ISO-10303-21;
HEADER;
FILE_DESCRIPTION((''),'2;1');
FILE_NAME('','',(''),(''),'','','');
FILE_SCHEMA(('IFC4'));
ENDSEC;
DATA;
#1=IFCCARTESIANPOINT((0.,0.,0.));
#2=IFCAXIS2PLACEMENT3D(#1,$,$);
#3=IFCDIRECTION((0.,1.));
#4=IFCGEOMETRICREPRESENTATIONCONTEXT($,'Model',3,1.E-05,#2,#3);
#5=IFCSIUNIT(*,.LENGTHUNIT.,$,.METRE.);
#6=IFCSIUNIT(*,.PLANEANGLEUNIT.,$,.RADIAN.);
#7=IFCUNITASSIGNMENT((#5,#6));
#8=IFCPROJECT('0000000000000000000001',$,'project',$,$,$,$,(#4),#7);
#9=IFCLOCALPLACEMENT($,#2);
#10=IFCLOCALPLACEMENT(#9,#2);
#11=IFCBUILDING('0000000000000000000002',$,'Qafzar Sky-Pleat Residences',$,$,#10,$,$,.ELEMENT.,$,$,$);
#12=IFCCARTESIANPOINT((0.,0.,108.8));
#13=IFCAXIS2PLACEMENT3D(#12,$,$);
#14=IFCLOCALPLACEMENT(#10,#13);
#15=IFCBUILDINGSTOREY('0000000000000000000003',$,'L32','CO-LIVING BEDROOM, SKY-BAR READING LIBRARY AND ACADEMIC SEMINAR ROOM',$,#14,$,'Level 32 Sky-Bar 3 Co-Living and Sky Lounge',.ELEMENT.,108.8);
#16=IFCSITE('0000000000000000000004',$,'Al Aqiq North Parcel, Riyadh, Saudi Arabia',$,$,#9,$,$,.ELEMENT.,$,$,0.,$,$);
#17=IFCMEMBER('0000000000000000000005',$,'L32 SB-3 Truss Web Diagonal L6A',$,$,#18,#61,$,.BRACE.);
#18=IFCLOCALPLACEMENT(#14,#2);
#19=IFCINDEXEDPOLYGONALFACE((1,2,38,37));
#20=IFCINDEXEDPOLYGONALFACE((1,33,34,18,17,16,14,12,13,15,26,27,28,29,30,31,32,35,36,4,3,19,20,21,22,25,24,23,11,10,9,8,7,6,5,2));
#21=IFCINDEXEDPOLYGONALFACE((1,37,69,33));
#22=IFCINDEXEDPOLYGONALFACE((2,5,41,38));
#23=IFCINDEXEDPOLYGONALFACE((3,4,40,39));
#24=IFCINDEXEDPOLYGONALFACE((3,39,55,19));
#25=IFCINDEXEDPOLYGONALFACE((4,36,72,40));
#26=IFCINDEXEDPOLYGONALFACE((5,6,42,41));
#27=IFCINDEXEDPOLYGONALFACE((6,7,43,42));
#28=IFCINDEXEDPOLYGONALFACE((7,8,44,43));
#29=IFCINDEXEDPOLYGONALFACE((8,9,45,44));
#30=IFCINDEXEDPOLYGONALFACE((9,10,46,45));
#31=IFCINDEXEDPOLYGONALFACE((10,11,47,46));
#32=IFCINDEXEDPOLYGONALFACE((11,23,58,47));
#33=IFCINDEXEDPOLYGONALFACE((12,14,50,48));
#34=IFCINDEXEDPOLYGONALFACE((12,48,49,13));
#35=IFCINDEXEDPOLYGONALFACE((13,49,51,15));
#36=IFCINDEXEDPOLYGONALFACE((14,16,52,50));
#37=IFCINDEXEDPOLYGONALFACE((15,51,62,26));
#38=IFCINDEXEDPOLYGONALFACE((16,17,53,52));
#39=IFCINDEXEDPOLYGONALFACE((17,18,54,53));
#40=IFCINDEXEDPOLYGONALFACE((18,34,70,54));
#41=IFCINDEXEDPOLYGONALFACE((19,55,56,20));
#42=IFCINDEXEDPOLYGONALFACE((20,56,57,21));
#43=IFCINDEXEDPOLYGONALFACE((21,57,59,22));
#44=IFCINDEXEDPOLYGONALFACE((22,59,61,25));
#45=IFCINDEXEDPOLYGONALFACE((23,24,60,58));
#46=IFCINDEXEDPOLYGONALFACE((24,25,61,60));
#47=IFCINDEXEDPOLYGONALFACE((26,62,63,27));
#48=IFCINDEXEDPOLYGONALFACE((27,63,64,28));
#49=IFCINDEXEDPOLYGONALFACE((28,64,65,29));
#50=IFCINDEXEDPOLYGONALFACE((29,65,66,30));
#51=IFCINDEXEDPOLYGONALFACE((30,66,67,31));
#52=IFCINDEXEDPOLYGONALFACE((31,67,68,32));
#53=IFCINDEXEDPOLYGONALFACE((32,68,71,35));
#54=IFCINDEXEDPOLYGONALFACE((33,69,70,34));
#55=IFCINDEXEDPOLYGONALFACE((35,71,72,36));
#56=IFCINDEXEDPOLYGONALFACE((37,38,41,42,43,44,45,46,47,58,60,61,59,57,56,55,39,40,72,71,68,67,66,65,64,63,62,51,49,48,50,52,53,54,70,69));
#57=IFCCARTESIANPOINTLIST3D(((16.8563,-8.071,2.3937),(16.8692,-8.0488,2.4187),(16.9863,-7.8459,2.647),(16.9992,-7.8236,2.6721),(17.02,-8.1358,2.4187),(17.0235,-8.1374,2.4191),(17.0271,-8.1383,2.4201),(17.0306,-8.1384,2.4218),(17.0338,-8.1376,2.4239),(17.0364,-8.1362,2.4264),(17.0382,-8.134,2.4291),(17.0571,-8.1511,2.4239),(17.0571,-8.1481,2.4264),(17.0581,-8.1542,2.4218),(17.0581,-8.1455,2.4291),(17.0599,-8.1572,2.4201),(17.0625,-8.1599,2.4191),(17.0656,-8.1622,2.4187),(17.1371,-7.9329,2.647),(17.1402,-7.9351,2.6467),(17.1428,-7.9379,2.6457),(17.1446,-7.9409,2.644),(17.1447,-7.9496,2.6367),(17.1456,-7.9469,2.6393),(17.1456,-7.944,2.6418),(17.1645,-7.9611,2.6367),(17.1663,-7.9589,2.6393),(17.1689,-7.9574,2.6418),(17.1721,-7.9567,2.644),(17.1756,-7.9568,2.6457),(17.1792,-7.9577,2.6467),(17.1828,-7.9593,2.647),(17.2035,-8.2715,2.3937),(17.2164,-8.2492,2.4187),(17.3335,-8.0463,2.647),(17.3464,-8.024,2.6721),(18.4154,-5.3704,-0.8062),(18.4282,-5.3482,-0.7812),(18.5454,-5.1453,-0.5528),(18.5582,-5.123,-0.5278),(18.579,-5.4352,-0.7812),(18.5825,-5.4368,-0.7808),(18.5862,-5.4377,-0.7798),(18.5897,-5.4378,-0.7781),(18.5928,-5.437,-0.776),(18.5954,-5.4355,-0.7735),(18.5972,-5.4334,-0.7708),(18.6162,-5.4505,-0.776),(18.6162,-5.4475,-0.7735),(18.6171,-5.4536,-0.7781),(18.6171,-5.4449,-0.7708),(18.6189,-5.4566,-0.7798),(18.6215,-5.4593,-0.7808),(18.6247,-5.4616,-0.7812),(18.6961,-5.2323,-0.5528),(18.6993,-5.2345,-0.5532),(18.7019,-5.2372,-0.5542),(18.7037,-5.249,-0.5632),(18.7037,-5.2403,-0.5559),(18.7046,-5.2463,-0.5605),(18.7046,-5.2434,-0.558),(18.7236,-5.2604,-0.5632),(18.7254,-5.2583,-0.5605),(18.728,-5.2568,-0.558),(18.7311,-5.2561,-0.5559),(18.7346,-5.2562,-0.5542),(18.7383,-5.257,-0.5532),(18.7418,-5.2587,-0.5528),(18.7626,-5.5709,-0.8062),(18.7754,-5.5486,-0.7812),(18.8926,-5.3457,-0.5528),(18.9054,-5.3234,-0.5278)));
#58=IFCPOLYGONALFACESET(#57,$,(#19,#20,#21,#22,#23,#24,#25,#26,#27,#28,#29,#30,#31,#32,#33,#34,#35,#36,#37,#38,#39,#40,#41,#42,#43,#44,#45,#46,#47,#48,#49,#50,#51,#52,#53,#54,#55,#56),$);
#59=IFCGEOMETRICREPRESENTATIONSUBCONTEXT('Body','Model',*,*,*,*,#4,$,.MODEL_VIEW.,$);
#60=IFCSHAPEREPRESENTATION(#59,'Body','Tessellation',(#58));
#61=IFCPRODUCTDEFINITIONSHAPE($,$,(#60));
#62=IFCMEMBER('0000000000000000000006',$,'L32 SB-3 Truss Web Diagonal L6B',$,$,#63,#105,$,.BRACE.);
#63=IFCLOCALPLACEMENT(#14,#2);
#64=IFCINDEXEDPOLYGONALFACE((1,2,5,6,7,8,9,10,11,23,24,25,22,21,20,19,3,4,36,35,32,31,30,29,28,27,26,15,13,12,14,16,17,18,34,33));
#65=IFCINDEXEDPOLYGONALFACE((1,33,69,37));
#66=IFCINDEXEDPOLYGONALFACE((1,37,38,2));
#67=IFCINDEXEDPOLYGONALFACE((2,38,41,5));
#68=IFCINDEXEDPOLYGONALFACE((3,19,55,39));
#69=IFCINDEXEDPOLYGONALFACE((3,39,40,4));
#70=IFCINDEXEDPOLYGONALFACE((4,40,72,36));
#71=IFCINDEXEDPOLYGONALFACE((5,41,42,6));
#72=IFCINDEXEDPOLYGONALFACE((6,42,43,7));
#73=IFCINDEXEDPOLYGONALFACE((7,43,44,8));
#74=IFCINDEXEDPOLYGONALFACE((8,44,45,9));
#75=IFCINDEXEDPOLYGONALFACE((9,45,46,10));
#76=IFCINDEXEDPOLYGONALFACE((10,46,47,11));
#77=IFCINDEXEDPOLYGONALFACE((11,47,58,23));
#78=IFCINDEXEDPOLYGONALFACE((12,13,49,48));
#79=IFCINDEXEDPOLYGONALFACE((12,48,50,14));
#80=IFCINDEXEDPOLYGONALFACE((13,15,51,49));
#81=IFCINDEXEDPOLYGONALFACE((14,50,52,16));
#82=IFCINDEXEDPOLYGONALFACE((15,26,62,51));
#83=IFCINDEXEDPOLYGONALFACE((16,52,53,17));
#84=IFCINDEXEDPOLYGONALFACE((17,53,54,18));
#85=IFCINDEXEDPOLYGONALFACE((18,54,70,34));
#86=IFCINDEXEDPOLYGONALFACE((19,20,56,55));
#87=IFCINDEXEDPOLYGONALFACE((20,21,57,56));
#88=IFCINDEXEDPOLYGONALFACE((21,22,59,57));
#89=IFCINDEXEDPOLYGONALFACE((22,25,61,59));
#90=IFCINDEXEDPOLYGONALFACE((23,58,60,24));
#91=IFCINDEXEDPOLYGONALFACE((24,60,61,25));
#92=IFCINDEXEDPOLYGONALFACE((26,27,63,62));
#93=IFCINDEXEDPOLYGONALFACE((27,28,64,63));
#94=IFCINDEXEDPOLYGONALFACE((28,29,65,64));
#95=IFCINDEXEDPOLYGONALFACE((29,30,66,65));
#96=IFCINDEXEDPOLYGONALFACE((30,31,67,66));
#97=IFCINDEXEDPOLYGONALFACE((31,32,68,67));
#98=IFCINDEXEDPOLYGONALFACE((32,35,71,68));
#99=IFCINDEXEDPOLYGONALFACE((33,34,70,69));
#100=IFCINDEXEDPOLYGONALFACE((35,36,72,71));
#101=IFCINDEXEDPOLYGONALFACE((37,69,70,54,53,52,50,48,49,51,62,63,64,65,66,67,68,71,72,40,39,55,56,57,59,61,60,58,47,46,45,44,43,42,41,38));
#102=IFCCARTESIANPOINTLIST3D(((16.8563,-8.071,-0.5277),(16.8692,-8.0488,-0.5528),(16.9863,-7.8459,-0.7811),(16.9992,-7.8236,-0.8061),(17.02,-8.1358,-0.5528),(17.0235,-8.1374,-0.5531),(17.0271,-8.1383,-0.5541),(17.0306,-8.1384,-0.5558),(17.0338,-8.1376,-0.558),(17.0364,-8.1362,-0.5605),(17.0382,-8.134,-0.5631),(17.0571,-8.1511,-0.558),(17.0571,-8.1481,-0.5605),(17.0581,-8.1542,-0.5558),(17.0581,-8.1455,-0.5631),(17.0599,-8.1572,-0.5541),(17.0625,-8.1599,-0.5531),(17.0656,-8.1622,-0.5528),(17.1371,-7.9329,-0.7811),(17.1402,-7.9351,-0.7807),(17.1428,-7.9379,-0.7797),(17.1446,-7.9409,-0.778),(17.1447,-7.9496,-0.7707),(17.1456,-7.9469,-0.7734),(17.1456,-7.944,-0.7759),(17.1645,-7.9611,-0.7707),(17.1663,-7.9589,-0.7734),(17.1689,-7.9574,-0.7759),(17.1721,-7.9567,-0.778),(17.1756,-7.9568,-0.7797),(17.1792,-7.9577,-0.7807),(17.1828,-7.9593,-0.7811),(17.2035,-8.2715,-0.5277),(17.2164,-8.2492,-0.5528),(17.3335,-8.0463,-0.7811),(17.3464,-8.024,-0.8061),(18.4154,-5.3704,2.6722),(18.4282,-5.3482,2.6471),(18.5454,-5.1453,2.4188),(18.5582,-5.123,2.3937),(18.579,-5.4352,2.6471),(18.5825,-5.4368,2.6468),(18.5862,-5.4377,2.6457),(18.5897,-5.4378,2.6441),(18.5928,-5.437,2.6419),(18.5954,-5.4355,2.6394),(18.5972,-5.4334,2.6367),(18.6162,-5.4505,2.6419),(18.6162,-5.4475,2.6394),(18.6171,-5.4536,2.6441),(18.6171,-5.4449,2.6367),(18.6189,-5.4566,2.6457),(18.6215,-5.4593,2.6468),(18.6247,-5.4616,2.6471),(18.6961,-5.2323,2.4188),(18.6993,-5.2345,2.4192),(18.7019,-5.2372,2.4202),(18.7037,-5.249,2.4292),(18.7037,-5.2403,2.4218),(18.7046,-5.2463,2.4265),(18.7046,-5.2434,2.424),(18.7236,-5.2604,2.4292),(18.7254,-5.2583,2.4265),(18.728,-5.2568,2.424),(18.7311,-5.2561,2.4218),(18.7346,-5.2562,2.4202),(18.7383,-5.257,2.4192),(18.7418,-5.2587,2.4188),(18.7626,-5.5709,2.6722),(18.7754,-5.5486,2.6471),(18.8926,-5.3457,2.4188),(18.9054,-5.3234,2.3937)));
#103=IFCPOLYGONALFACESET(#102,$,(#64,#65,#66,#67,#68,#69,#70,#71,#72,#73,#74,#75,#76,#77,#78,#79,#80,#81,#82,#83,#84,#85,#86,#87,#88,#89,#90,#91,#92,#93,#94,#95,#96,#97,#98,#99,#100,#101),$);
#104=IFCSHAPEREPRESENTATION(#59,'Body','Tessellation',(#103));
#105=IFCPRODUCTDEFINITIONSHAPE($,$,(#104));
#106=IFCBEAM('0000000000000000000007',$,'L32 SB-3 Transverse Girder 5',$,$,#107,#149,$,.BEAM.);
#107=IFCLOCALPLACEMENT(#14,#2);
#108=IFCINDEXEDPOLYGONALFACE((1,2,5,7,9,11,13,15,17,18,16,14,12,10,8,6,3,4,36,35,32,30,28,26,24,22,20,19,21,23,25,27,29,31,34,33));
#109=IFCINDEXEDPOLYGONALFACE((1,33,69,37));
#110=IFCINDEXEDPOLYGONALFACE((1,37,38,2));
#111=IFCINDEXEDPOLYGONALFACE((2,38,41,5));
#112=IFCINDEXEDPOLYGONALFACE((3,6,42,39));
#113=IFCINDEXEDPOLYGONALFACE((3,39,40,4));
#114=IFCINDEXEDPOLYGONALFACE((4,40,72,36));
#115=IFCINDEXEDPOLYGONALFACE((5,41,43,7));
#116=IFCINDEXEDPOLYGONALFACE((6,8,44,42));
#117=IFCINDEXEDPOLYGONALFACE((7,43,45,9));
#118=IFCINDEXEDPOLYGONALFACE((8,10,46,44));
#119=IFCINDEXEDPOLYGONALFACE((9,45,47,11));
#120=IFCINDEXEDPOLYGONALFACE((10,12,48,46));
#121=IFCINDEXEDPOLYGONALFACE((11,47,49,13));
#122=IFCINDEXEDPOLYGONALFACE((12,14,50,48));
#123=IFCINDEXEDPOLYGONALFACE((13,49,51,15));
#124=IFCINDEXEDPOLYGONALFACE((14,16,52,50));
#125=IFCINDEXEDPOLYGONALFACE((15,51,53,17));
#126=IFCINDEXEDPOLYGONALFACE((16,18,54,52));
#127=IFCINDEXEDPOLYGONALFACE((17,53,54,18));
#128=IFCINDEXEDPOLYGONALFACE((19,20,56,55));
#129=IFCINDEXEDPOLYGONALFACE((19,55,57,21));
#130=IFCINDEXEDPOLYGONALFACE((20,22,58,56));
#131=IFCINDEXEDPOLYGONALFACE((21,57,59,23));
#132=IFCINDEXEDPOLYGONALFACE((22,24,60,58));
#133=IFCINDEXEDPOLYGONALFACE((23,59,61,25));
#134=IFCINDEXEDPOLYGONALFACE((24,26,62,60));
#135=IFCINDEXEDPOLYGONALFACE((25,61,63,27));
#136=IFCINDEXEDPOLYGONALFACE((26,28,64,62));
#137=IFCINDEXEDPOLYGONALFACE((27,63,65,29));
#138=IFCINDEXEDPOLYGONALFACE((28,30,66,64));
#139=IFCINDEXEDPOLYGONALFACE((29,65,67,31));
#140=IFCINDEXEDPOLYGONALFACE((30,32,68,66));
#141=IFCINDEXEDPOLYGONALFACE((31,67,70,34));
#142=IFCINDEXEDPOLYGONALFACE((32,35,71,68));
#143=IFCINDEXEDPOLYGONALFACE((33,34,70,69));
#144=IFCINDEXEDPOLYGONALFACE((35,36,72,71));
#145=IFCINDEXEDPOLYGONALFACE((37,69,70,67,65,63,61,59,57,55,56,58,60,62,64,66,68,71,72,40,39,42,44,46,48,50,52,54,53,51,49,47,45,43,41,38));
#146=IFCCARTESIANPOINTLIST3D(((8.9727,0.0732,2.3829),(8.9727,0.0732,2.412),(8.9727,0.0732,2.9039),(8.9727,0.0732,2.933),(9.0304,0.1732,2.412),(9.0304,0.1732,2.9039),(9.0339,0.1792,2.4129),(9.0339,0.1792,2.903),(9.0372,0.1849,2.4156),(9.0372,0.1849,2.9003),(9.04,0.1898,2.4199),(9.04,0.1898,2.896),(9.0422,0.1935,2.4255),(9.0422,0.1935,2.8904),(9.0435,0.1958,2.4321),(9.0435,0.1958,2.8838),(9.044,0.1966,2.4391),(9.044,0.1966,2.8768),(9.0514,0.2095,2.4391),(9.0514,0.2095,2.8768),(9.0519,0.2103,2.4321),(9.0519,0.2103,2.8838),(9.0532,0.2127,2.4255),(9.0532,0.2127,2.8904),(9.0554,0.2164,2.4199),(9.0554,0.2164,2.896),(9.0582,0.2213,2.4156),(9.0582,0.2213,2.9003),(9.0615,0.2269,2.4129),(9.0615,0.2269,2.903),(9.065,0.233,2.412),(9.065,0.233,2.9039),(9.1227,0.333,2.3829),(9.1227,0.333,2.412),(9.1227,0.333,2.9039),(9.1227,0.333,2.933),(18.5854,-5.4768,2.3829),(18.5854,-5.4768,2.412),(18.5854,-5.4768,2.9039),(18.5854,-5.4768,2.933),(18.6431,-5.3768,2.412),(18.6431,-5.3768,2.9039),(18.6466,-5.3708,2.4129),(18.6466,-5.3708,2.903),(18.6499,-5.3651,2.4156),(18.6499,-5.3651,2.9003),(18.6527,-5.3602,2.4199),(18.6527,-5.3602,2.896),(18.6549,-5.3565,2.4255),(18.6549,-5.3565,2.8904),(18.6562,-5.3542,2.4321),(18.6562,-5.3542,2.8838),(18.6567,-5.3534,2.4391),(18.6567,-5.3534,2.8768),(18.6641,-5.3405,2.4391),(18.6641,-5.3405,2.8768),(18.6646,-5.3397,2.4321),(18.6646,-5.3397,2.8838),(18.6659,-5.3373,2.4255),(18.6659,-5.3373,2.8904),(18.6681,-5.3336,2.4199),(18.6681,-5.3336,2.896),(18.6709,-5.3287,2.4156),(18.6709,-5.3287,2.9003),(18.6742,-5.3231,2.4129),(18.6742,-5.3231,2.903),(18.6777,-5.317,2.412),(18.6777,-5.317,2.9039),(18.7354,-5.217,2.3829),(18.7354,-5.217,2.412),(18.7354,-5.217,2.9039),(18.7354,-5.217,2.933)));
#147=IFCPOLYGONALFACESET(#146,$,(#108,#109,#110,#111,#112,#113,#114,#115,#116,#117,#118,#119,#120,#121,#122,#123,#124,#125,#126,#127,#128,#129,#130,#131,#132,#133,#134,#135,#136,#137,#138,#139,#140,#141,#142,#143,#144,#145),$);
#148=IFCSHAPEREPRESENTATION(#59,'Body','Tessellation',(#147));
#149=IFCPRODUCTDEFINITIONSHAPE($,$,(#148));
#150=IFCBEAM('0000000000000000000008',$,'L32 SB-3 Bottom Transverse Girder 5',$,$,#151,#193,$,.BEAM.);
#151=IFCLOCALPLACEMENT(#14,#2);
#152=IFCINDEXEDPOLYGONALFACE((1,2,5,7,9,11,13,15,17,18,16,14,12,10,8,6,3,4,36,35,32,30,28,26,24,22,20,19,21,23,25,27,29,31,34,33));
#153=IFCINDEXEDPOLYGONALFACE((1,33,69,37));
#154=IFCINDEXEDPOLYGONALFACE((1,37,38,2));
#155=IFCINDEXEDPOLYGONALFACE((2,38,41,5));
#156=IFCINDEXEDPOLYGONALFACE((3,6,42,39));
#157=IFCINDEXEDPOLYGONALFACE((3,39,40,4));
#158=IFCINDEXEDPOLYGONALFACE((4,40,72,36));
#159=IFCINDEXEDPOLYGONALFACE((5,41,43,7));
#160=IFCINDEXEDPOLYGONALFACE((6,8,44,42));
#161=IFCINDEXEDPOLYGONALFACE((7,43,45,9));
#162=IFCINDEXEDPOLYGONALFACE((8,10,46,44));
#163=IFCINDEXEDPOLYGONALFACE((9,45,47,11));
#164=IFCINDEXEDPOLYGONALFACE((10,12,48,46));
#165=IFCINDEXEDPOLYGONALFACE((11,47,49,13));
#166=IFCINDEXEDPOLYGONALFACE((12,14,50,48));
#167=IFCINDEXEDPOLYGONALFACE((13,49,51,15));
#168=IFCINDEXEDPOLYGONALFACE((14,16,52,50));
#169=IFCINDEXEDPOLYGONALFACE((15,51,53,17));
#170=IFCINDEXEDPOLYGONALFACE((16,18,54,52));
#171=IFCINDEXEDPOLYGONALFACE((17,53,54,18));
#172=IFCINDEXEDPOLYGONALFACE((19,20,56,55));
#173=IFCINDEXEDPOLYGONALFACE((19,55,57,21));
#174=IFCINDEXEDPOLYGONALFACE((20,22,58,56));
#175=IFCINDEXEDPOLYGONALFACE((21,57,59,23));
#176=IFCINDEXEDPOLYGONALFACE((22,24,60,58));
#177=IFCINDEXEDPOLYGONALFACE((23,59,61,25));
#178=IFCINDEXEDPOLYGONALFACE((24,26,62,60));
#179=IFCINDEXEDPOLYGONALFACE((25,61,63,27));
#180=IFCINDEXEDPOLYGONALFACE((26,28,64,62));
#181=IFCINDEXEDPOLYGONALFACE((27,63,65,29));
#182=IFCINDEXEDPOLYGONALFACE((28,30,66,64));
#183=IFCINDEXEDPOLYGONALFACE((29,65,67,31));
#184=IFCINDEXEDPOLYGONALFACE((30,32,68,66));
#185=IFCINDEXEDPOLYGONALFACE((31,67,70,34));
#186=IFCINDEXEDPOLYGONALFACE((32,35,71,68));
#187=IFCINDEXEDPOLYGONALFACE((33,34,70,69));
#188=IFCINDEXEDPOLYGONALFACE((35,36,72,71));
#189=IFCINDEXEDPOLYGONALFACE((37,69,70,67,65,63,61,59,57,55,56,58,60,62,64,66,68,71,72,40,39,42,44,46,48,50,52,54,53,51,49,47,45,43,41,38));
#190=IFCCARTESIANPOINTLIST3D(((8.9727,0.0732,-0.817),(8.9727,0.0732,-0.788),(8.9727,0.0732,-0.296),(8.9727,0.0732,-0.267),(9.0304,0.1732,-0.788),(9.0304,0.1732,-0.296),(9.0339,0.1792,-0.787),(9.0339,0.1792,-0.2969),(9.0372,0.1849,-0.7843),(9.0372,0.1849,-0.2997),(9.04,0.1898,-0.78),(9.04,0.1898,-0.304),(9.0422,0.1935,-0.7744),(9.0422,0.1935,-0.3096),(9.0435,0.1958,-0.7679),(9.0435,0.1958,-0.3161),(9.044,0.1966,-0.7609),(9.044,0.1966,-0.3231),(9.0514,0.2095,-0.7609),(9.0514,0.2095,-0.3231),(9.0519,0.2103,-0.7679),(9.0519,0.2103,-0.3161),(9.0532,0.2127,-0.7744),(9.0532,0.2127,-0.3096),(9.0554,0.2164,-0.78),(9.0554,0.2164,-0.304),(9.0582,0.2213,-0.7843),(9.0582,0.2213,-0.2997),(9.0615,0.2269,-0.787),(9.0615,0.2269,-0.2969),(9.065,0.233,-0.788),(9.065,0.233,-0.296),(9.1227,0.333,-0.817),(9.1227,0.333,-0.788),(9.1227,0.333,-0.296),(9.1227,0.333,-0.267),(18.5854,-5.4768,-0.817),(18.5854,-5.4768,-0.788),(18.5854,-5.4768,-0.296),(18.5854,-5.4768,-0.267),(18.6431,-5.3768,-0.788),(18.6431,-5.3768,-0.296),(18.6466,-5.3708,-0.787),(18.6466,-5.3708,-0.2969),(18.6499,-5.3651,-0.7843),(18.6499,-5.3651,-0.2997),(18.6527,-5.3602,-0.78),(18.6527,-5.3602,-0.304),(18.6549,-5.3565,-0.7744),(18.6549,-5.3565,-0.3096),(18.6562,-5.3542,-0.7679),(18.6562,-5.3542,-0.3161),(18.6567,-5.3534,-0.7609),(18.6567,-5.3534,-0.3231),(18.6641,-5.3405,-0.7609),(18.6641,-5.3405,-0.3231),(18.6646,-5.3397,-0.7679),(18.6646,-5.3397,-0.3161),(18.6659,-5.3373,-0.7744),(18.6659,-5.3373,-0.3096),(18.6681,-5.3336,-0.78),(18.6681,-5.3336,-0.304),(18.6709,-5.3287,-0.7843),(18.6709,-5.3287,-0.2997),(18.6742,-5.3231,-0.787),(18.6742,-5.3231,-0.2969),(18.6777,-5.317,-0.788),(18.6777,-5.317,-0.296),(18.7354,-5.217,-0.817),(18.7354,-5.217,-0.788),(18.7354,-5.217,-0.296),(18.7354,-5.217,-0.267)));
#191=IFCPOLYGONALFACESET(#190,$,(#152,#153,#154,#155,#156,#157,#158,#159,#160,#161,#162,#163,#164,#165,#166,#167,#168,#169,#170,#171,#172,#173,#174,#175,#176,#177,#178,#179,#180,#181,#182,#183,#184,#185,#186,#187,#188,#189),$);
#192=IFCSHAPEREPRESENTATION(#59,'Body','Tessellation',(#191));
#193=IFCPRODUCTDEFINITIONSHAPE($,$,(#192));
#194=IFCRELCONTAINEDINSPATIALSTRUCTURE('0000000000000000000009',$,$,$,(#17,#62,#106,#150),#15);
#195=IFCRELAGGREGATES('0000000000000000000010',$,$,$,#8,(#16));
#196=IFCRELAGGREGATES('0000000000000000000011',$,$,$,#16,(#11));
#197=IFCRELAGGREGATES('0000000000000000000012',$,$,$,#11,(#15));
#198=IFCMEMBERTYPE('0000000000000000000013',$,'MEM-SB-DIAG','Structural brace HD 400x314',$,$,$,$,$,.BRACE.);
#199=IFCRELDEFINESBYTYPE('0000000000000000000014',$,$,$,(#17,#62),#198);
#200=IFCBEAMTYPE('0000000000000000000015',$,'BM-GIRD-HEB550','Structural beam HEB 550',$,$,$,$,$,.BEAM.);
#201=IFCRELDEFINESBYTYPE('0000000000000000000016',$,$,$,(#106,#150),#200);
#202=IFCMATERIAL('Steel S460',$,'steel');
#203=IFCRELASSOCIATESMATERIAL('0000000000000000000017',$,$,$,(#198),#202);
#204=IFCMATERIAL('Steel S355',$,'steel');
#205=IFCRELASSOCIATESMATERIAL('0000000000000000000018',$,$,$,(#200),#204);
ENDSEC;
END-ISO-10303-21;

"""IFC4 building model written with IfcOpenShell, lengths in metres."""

from ifc_helpers import new_model, si_unit, direction, frame, origin, origin_2d, place, context, subcontext, project, spatial, i_section, extrude, source, transform, mapped, material, material_profile, profile_set, type_object, element, save


model = new_model("IFC4")

# Units and contexts
model_context = context("Model", 3, precision=1e-05, world=origin(), true_north=direction((0.0, 1.0)))
body_context = subcontext(model_context, "Body", "Model", "MODEL_VIEW")
ifc_project = project(units=[si_unit("LENGTHUNIT", "METRE"), si_unit("PLANEANGLEUNIT", "RADIAN")], contexts=[model_context])

# Site, building, storey
site_placement = place(None, origin())
site = spatial("IfcSite", under=ifc_project, at=site_placement, Name="Al Aqiq North Parcel, Riyadh, Saudi Arabia", CompositionType="ELEMENT", RefElevation=0.0)
building_placement = place(site_placement, origin())
building = spatial("IfcBuilding", under=site, at=building_placement, Name="Qafzar Sky-Pleat Residences", CompositionType="ELEMENT")
storey_placement = place(building_placement, frame((0.0, 0.0, 108.8)))
storey = spatial("IfcBuildingStorey", under=building, at=storey_placement, Name="L32", Description="CO-LIVING BEDROOM, SKY-BAR READING LIBRARY AND ACADEMIC SEMINAR ROOM", LongName="Level 32 Sky-Bar 3 Co-Living and Sky Lounge", CompositionType="ELEMENT", Elevation=108.8)

# Members
ifc_material_1 = material(Name="Steel S460", Category="steel")
ifc_material_profile_1 = material_profile(ifc_material_1, i_section(OverallWidth=0.4009, OverallDepth=0.3989, WebThickness=0.0229, FlangeThickness=0.0359, FilletRadius=0.0149, at=origin_2d()), Name="HD 400x314")
ifc_profile_set_1 = profile_set([ifc_material_profile_1], Name="Steel S460")
member_type_1 = type_object("IfcMemberType", Name="MEM-SB-DIAG", Description="Structural brace HD 400x314", PredefinedType="BRACE", material=ifc_profile_set_1)
shared_shape_1 = source(origin(), body_context, "Body", "SweptSolid", [
    extrude(i_section(OverallWidth=0.4009, OverallDepth=0.3989, WebThickness=0.0229, FlangeThickness=0.0359, FilletRadius=0.0149, at=origin_2d()), origin(), (0.0, 0.0, 1.0), 4.468),
])
for number, where, z_axis, x_axis, name in (
    (1, (18.6604, -5.3469, -0.667), (-0.348935, -0.604434, 0.716174), (0.866047, -0.499962, 0.0), "L32 SB-3 Truss Web Diagonal L6A"),
    (2, (18.6604, -5.3469, 2.533), (-0.348935, -0.604434, -0.716174), (0.866047, -0.499962, 0.0), "L32 SB-3 Truss Web Diagonal L6B"),
):
    element("IfcMember", number, at=place(storey_placement, frame(where, z_axis=z_axis, x_axis=x_axis)), inside=storey, type_object=member_type_1, Name=name, PredefinedType="BRACE", context=body_context, shape_type="MappedRepresentation", body=[
        mapped(shared_shape_1, transform((0.0, 0.0, 0.0), x_axis=(1.0, 0.0, 0.0), y_axis=(0.0, 1.0, 0.0), z_axis=(0.0, 0.0, 1.0), scale=1.0)),
    ])

# Beams
ifc_material_2 = material(Name="Steel S355", Category="steel")
ifc_material_profile_2 = material_profile(ifc_material_2, i_section(OverallWidth=0.3, OverallDepth=0.55, WebThickness=0.0149, FlangeThickness=0.0291, FilletRadius=0.0271, at=origin_2d()), Name="HEB 550")
ifc_profile_set_2 = profile_set([ifc_material_profile_2], Name="Steel S355")
beam_type_1 = type_object("IfcBeamType", Name="BM-GIRD-HEB550", Description="Structural beam HEB 550", PredefinedType="BEAM", material=ifc_profile_set_2)
shared_shape_2 = source(origin(), body_context, "Body", "SweptSolid", [
    extrude(i_section(OverallWidth=0.3, OverallDepth=0.55, WebThickness=0.0149, FlangeThickness=0.0291, FilletRadius=0.0271, at=origin_2d()), origin(), (0.0, 0.0, 1.0), 11.0999),
])
for number, where, z_axis, x_axis, name in (
    (3, (18.6604, -5.3469, 2.658), (-0.866021, 0.500007, 0.0), (-0.500007, -0.866021, 0.0), "L32 SB-3 Transverse Girder 5"),
    (4, (18.6604, -5.3469, -0.542), (-0.866021, 0.500007, 0.0), (-0.500007, -0.866021, 0.0), "L32 SB-3 Bottom Transverse Girder 5"),
):
    element("IfcBeam", number, at=place(storey_placement, frame(where, z_axis=z_axis, x_axis=x_axis)), inside=storey, type_object=beam_type_1, Name=name, PredefinedType="BEAM", context=body_context, shape_type="MappedRepresentation", body=[
        mapped(shared_shape_2, transform((0.0, 0.0, 0.0), x_axis=(1.0, 0.0, 0.0), y_axis=(0.0, 1.0, 0.0), z_axis=(0.0, 0.0, 1.0), scale=1.0)),
    ])

save(model, "model.ifc")
